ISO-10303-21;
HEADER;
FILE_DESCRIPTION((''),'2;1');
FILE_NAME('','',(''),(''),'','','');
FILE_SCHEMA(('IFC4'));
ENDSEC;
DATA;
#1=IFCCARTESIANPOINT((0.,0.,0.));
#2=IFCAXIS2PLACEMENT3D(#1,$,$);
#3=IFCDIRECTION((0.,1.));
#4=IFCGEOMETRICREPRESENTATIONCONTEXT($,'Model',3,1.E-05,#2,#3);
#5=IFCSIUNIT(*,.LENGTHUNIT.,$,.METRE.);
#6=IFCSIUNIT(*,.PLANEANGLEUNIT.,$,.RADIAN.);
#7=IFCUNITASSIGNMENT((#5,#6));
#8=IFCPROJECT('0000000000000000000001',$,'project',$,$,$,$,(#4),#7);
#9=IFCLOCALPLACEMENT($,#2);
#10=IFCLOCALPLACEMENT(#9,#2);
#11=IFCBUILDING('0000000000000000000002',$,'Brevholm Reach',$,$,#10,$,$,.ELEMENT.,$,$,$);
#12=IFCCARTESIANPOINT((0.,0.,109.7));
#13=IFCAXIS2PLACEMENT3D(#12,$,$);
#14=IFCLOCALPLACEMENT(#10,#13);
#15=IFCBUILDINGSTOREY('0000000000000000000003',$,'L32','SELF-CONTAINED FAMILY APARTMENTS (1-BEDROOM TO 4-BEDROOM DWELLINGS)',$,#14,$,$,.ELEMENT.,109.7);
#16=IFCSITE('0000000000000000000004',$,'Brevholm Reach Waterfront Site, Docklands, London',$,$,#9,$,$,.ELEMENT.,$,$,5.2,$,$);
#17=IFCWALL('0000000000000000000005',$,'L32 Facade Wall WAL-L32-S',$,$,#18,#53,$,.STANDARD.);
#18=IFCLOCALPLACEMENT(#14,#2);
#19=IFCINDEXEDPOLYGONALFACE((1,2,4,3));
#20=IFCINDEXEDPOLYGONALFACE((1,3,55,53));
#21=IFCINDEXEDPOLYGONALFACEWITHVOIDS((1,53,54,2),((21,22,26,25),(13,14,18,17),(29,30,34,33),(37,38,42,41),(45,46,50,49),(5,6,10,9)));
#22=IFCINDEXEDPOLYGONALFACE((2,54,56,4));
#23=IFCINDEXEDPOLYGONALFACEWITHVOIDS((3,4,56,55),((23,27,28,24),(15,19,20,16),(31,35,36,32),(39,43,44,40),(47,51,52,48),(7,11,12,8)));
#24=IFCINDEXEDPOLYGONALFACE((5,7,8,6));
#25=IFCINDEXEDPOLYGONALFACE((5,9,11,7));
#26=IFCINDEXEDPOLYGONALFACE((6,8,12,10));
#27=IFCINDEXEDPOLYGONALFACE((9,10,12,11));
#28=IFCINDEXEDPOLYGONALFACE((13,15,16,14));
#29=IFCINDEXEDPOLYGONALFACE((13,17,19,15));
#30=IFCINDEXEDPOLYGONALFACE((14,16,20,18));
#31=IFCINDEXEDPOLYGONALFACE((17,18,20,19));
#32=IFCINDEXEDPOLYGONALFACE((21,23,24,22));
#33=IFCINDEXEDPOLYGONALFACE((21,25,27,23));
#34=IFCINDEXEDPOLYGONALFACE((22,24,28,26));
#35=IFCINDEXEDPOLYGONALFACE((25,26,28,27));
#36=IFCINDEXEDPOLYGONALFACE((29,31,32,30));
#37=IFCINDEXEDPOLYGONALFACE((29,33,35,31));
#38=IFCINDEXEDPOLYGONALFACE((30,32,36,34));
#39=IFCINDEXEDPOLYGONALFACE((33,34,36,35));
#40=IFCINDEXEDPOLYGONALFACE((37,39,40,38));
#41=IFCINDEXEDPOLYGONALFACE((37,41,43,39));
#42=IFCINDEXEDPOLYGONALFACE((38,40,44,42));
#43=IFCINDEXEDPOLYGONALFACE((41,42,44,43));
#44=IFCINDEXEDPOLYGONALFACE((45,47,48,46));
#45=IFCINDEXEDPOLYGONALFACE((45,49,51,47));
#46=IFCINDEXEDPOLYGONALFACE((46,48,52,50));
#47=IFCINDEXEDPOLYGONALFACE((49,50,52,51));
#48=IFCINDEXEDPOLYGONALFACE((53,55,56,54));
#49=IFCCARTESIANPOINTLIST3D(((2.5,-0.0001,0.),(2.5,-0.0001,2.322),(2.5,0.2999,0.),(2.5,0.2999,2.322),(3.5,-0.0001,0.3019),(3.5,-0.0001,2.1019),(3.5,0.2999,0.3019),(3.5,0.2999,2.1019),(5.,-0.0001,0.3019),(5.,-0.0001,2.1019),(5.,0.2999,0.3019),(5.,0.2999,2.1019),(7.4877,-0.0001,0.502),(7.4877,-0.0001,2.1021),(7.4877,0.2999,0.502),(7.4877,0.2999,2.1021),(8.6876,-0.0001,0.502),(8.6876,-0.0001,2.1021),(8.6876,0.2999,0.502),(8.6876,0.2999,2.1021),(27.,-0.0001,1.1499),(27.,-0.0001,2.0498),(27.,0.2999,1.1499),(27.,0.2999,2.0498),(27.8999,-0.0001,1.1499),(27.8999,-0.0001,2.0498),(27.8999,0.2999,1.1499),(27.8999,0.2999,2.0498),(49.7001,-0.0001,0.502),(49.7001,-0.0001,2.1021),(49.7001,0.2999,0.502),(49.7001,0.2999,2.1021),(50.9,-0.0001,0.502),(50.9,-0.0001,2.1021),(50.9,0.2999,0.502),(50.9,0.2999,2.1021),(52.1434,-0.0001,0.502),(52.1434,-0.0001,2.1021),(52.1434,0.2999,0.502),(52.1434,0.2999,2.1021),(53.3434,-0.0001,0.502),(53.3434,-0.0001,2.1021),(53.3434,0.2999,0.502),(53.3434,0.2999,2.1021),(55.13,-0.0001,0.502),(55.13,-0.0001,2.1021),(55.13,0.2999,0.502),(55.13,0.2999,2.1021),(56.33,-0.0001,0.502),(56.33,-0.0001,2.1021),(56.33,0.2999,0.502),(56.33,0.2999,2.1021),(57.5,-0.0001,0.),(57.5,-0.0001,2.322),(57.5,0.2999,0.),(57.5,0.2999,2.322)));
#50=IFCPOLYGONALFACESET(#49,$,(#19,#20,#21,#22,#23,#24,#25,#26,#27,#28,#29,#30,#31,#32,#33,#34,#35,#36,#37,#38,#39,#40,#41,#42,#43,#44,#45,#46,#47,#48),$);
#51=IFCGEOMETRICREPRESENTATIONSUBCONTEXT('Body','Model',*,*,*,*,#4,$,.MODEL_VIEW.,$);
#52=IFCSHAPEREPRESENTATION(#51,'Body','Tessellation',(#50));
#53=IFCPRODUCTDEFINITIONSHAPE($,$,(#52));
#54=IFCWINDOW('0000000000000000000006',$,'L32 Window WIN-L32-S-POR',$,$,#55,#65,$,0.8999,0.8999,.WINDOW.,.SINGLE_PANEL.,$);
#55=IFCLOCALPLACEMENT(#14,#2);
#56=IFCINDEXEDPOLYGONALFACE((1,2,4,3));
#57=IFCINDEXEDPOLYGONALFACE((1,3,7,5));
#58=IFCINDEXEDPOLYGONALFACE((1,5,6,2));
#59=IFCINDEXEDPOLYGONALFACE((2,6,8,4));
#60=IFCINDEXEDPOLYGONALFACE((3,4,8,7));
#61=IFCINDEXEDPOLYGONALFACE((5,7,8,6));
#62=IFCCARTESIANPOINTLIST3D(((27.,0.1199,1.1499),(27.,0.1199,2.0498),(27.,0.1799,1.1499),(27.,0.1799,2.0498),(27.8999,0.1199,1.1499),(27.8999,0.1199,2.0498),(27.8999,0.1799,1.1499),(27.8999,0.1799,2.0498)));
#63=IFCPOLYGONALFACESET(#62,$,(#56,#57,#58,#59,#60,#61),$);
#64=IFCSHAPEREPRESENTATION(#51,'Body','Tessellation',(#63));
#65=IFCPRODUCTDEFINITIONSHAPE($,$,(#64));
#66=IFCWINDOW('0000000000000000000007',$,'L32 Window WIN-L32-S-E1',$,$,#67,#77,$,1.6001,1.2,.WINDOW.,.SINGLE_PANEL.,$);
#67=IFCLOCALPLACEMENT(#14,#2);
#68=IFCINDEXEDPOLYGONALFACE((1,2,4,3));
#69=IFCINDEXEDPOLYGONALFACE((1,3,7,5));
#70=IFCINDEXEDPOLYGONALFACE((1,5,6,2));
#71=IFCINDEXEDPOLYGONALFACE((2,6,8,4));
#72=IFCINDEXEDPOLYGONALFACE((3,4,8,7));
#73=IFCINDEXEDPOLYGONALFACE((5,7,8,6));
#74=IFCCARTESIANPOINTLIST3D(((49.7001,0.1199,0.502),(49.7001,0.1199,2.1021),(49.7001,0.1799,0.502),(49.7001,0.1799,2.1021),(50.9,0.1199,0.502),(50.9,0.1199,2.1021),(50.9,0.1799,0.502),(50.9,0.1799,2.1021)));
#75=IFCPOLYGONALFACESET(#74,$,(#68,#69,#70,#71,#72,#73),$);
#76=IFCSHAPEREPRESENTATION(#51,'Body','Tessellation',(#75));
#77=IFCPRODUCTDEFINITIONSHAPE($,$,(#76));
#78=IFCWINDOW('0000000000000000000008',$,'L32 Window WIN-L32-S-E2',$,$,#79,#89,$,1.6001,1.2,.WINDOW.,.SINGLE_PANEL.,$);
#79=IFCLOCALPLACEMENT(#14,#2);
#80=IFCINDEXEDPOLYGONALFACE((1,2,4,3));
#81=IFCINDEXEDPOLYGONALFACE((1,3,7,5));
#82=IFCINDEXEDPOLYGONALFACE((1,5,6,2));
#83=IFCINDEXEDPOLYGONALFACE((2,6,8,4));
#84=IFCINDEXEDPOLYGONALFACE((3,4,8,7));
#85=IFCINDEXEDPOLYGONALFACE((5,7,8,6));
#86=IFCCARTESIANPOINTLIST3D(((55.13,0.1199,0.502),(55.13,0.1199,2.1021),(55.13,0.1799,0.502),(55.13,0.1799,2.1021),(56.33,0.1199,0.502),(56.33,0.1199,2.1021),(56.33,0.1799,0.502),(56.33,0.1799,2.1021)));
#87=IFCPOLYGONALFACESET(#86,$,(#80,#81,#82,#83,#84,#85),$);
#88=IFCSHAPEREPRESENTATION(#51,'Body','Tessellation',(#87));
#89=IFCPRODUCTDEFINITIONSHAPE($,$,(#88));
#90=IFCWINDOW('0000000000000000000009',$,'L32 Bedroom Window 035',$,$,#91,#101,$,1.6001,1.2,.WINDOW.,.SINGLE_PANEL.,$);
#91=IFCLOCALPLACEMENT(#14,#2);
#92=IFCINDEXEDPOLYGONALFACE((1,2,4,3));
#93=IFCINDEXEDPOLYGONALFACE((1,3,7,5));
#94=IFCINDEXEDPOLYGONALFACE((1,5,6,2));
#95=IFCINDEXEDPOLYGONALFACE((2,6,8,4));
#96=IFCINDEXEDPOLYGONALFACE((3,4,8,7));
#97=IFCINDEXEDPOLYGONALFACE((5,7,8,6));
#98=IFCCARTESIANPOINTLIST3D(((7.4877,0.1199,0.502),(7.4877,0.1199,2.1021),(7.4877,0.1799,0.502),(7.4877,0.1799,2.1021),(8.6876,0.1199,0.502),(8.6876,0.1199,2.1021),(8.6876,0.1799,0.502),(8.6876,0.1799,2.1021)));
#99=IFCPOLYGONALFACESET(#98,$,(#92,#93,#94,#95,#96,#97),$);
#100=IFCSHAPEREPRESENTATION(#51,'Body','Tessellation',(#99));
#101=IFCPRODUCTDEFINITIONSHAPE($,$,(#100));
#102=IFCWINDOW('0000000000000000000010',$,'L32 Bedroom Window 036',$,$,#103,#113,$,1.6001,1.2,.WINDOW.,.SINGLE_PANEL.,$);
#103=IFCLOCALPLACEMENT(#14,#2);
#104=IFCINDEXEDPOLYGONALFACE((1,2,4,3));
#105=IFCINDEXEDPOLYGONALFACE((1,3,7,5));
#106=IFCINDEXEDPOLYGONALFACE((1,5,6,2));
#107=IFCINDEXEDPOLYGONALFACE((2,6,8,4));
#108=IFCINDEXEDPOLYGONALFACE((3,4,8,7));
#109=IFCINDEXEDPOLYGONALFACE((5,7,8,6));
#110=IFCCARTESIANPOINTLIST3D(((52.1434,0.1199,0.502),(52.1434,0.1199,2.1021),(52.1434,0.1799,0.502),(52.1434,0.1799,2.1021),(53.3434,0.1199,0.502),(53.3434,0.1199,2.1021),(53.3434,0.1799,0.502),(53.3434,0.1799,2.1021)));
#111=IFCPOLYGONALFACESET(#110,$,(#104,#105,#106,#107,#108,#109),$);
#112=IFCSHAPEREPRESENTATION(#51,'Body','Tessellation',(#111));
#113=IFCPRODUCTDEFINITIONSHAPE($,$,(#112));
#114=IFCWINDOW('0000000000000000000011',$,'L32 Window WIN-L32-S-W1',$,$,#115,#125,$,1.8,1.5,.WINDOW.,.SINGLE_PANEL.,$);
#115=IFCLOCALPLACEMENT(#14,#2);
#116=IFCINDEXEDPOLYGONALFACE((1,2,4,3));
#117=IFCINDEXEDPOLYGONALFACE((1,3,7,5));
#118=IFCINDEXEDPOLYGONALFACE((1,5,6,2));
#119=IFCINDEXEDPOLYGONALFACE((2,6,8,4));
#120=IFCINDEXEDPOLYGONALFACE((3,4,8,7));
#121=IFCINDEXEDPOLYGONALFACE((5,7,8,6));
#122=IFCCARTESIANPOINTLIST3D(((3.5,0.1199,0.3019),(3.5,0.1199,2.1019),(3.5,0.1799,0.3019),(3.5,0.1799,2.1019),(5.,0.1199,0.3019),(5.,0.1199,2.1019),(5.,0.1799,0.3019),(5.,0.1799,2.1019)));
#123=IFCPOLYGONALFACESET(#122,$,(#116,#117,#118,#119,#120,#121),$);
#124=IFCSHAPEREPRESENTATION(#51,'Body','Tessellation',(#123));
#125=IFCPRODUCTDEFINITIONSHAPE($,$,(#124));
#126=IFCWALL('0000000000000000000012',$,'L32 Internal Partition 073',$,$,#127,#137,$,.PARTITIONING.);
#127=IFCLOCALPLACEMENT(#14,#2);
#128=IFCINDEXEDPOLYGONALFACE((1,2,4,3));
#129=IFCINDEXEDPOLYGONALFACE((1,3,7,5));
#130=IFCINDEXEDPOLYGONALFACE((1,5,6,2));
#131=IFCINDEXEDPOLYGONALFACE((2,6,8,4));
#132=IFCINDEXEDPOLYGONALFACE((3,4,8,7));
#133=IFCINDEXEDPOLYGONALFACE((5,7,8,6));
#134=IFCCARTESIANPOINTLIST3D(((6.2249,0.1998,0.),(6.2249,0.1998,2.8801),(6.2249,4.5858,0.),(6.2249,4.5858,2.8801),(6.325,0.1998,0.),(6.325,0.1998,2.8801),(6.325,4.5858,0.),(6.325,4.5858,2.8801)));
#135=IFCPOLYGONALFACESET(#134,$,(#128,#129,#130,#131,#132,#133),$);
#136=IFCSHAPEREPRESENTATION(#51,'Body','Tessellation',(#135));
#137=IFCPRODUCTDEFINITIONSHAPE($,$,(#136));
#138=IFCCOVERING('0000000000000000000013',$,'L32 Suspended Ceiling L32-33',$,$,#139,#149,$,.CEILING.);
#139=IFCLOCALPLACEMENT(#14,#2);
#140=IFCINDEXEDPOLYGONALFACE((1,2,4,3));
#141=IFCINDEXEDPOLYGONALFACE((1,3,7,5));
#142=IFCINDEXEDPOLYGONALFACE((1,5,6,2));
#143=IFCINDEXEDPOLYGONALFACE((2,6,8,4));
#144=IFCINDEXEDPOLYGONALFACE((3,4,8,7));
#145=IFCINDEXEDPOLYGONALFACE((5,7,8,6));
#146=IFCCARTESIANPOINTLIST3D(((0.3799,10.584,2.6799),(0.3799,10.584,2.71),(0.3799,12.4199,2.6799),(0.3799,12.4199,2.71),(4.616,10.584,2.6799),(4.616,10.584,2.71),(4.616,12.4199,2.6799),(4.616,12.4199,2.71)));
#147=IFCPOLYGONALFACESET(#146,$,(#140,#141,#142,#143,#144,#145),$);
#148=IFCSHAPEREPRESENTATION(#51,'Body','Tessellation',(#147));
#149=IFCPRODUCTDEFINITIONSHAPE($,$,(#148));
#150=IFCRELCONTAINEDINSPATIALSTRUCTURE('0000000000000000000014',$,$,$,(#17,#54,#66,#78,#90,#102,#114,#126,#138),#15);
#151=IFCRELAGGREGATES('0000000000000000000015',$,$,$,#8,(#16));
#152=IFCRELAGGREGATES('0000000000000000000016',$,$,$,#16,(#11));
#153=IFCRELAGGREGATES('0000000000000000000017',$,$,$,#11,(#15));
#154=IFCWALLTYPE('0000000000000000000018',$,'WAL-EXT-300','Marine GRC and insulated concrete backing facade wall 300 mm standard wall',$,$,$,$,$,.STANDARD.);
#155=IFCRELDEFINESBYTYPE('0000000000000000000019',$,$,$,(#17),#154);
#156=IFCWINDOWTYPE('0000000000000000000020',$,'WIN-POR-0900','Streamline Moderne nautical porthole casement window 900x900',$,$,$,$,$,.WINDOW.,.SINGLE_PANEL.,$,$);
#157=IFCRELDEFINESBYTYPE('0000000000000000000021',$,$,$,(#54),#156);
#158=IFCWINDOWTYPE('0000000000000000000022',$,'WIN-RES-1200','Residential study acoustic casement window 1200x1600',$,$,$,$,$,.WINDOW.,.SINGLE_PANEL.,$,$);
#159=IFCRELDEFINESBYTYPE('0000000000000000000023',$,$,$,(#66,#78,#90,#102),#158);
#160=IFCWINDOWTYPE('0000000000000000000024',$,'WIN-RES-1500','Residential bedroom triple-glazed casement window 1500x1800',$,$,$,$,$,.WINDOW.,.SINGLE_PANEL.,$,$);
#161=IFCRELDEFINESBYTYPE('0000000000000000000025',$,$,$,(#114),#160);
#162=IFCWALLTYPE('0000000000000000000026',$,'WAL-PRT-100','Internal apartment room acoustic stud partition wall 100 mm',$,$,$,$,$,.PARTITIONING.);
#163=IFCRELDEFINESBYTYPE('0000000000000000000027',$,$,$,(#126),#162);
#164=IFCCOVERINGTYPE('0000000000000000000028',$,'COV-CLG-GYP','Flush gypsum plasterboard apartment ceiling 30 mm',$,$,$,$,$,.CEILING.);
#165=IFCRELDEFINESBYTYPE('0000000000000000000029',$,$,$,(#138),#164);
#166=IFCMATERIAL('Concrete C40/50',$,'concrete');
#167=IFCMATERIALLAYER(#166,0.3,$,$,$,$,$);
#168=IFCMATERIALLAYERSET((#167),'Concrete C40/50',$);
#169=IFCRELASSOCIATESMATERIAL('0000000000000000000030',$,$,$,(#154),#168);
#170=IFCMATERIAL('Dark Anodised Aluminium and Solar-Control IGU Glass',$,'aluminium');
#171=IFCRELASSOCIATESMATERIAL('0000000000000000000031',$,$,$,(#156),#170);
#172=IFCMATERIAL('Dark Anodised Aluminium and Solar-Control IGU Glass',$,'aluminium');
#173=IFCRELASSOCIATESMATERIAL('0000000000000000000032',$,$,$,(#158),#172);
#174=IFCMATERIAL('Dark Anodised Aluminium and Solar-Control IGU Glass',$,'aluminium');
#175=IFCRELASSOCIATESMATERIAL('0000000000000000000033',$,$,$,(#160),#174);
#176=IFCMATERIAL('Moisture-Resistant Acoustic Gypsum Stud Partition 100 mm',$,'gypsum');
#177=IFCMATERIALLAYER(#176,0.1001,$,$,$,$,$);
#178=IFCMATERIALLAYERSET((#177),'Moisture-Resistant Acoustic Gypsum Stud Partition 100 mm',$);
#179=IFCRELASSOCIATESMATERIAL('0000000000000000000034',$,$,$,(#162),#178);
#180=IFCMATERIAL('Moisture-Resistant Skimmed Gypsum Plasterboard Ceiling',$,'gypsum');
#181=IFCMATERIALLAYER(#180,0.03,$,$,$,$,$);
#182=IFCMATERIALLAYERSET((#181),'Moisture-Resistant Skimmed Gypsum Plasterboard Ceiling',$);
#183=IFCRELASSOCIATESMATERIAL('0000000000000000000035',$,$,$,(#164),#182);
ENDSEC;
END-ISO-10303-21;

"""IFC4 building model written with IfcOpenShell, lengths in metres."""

from ifc_helpers import new_model, si_unit, direction, frame, frame_2d, origin, place, context, subcontext, project, spatial, polyline, rectangle, outline, extrude, material, layer, layer_set, type_object, element, fill, save


model = new_model("IFC4")

# Units and contexts
model_context = context("Model", 3, precision=1e-05, world=origin(), true_north=direction((0.0, 1.0)))
body_context = subcontext(model_context, "Body", "Model", "MODEL_VIEW")
ifc_project = project(units=[si_unit("LENGTHUNIT", "METRE"), si_unit("PLANEANGLEUNIT", "RADIAN")], contexts=[model_context])

# Site, building, storey
site_placement = place(None, origin())
site = spatial("IfcSite", under=ifc_project, at=site_placement, Name="Brevholm Reach Waterfront Site, Docklands, London", CompositionType="ELEMENT", RefElevation=5.2)
building_placement = place(site_placement, origin())
building = spatial("IfcBuilding", under=site, at=building_placement, Name="Brevholm Reach", CompositionType="ELEMENT")
storey_placement = place(building_placement, frame((0.0, 0.0, 109.7)))
storey = spatial("IfcBuildingStorey", under=building, at=storey_placement, Name="L32", Description="SELF-CONTAINED FAMILY APARTMENTS (1-BEDROOM TO 4-BEDROOM DWELLINGS)", CompositionType="ELEMENT", Elevation=109.7)

# Wall, openings, windows
ifc_material_1 = material(Name="Concrete C40/50", Category="concrete")
ifc_layer_1 = layer(ifc_material_1, 0.3)
ifc_layer_set_1 = layer_set([ifc_layer_1], Name="Concrete C40/50")
wall_type_1 = type_object("IfcWallType", Name="WAL-EXT-300", Description="Marine GRC and insulated concrete backing facade wall 300 mm standard wall", PredefinedType="STANDARD", material=ifc_layer_set_1)
wall_1_placement = place(storey_placement, frame((2.5, 0.1499, 0.0), z_axis=(0.0, 0.0, 1.0), x_axis=(1.0, 0.0, 0.0)))
wall_1 = element("IfcWall", 1, at=wall_1_placement, inside=storey, type_object=wall_type_1, Name="L32 Facade Wall WAL-L32-S", PredefinedType="STANDARD", context=body_context, shape_type="SweptSolid", body=[
    extrude(rectangle(XDim=55.0, YDim=0.3, at=frame_2d((27.5, 0.0))), origin(), (0.0, 0.0, 1.0), 2.322),
])
opening_1_placement = place(wall_1_placement, frame((1.0, 0.0, 0.302)))
opening_1 = element("IfcOpeningElement", 2, at=opening_1_placement, cuts=wall_1, PredefinedType="OPENING", context=body_context, shape_type="SweptSolid", body=[
    extrude(rectangle(XDim=1.5, YDim=1.8, at=frame_2d((0.75, 0.8999))), frame((0.0, 0.1599, 0.0), z_axis=(0.0, -1.0, 0.0), x_axis=(1.0, 0.0, 0.0)), (0.0, 0.0, 1.0), 0.3201),
])
opening_2_placement = place(wall_1_placement, frame((24.5, 0.0, 1.1499)))
opening_2 = element("IfcOpeningElement", 3, at=opening_2_placement, cuts=wall_1, PredefinedType="OPENING", context=body_context, shape_type="SweptSolid", body=[
    extrude(rectangle(XDim=0.8999, YDim=0.8999, at=frame_2d((0.45, 0.45))), frame((0.0, 0.1599, 0.0), z_axis=(0.0, -1.0, 0.0), x_axis=(1.0, 0.0, 0.0)), (0.0, 0.0, 1.0), 0.3201),
])
opening_3_placement = place(wall_1_placement, frame((47.2, 0.0, 0.502)))
opening_3 = element("IfcOpeningElement", 4, at=opening_3_placement, cuts=wall_1, PredefinedType="OPENING", context=body_context, shape_type="SweptSolid", body=[
    extrude(rectangle(XDim=1.2, YDim=1.6001, at=frame_2d((0.6001, 0.8))), frame((0.0, 0.1599, 0.0), z_axis=(0.0, -1.0, 0.0), x_axis=(1.0, 0.0, 0.0)), (0.0, 0.0, 1.0), 0.3201),
])
opening_4_placement = place(wall_1_placement, frame((52.6299, 0.0, 0.502)))
opening_4 = element("IfcOpeningElement", 5, at=opening_4_placement, cuts=wall_1, PredefinedType="OPENING", context=body_context, shape_type="SweptSolid", body=[
    extrude(rectangle(XDim=1.2, YDim=1.6001, at=frame_2d((0.6001, 0.8))), frame((0.0, 0.1599, 0.0), z_axis=(0.0, -1.0, 0.0), x_axis=(1.0, 0.0, 0.0)), (0.0, 0.0, 1.0), 0.3201),
])
opening_5_placement = place(wall_1_placement, frame((4.9875, 0.0, 0.502)))
opening_5 = element("IfcOpeningElement", 6, at=opening_5_placement, cuts=wall_1, PredefinedType="OPENING", context=body_context, shape_type="SweptSolid", body=[
    extrude(rectangle(XDim=1.2, YDim=1.6001, at=frame_2d((0.6001, 0.8))), frame((0.0, 0.1599, 0.0), z_axis=(0.0, -1.0, 0.0), x_axis=(1.0, 0.0, 0.0)), (0.0, 0.0, 1.0), 0.3201),
])
opening_6_placement = place(wall_1_placement, frame((49.6433, 0.0, 0.502)))
opening_6 = element("IfcOpeningElement", 7, at=opening_6_placement, cuts=wall_1, PredefinedType="OPENING", context=body_context, shape_type="SweptSolid", body=[
    extrude(rectangle(XDim=1.2, YDim=1.6001, at=frame_2d((0.6001, 0.8))), frame((0.0, 0.1599, 0.0), z_axis=(0.0, -1.0, 0.0), x_axis=(1.0, 0.0, 0.0)), (0.0, 0.0, 1.0), 0.3201),
])
ifc_material_2 = material(Name="Dark Anodised Aluminium and Solar-Control IGU Glass", Category="aluminium")
window_type_1 = type_object("IfcWindowType", Name="WIN-POR-0900", Description="Streamline Moderne nautical porthole casement window 900x900", PartitioningType="SINGLE_PANEL", PredefinedType="WINDOW", material=ifc_material_2)
window_1_placement = place(opening_2_placement, origin())
window_1 = element("IfcWindow", 8, at=window_1_placement, inside=storey, type_object=window_type_1, Name="L32 Window WIN-L32-S-POR", OverallHeight=0.8999, OverallWidth=0.8999, PartitioningType="SINGLE_PANEL", PredefinedType="WINDOW", context=body_context, shape_type="SweptSolid", body=[
    extrude(rectangle(XDim=0.8999, YDim=0.8999, at=frame_2d((0.45, 0.45))), frame((0.0, 0.03, 0.0), z_axis=(0.0, -1.0, 0.0), x_axis=(1.0, 0.0, 0.0)), (0.0, 0.0, 1.0), 0.0601),
])
fill(opening_2, window_1)
ifc_material_3 = material(Name="Dark Anodised Aluminium and Solar-Control IGU Glass", Category="aluminium")
window_type_2 = type_object("IfcWindowType", Name="WIN-RES-1200", Description="Residential study acoustic casement window 1200x1600", PartitioningType="SINGLE_PANEL", PredefinedType="WINDOW", material=ifc_material_3)
window_2_placement = place(opening_3_placement, origin())
window_2 = element("IfcWindow", 9, at=window_2_placement, inside=storey, type_object=window_type_2, Name="L32 Window WIN-L32-S-E1", OverallHeight=1.6001, OverallWidth=1.2, PartitioningType="SINGLE_PANEL", PredefinedType="WINDOW", context=body_context, shape_type="SweptSolid", body=[
    extrude(rectangle(XDim=1.2, YDim=1.6001, at=frame_2d((0.6001, 0.8))), frame((0.0, 0.03, 0.0), z_axis=(0.0, -1.0, 0.0), x_axis=(1.0, 0.0, 0.0)), (0.0, 0.0, 1.0), 0.0601),
])
fill(opening_3, window_2)
window_3_placement = place(opening_4_placement, origin())
window_3 = element("IfcWindow", 10, at=window_3_placement, inside=storey, type_object=window_type_2, Name="L32 Window WIN-L32-S-E2", OverallHeight=1.6001, OverallWidth=1.2, PartitioningType="SINGLE_PANEL", PredefinedType="WINDOW", context=body_context, shape_type="SweptSolid", body=[
    extrude(rectangle(XDim=1.2, YDim=1.6001, at=frame_2d((0.6001, 0.8))), frame((0.0, 0.03, 0.0), z_axis=(0.0, -1.0, 0.0), x_axis=(1.0, 0.0, 0.0)), (0.0, 0.0, 1.0), 0.0601),
])
fill(opening_4, window_3)
window_4_placement = place(opening_5_placement, origin())
window_4 = element("IfcWindow", 11, at=window_4_placement, inside=storey, type_object=window_type_2, Name="L32 Bedroom Window 035", OverallHeight=1.6001, OverallWidth=1.2, PartitioningType="SINGLE_PANEL", PredefinedType="WINDOW", context=body_context, shape_type="SweptSolid", body=[
    extrude(rectangle(XDim=1.2, YDim=1.6001, at=frame_2d((0.6001, 0.8))), frame((0.0, 0.03, 0.0), z_axis=(0.0, -1.0, 0.0), x_axis=(1.0, 0.0, 0.0)), (0.0, 0.0, 1.0), 0.0601),
])
fill(opening_5, window_4)
window_5_placement = place(opening_6_placement, origin())
window_5 = element("IfcWindow", 12, at=window_5_placement, inside=storey, type_object=window_type_2, Name="L32 Bedroom Window 036", OverallHeight=1.6001, OverallWidth=1.2, PartitioningType="SINGLE_PANEL", PredefinedType="WINDOW", context=body_context, shape_type="SweptSolid", body=[
    extrude(rectangle(XDim=1.2, YDim=1.6001, at=frame_2d((0.6001, 0.8))), frame((0.0, 0.03, 0.0), z_axis=(0.0, -1.0, 0.0), x_axis=(1.0, 0.0, 0.0)), (0.0, 0.0, 1.0), 0.0601),
])
fill(opening_6, window_5)
ifc_material_4 = material(Name="Dark Anodised Aluminium and Solar-Control IGU Glass", Category="aluminium")
window_type_3 = type_object("IfcWindowType", Name="WIN-RES-1500", Description="Residential bedroom triple-glazed casement window 1500x1800", PartitioningType="SINGLE_PANEL", PredefinedType="WINDOW", material=ifc_material_4)
window_6_placement = place(opening_1_placement, origin())
window_6 = element("IfcWindow", 13, at=window_6_placement, inside=storey, type_object=window_type_3, Name="L32 Window WIN-L32-S-W1", OverallHeight=1.8, OverallWidth=1.5, PartitioningType="SINGLE_PANEL", PredefinedType="WINDOW", context=body_context, shape_type="SweptSolid", body=[
    extrude(rectangle(XDim=1.5, YDim=1.8, at=frame_2d((0.75, 0.8999))), frame((0.0, 0.03, 0.0), z_axis=(0.0, -1.0, 0.0), x_axis=(1.0, 0.0, 0.0)), (0.0, 0.0, 1.0), 0.0601),
])
fill(opening_1, window_6)

# Wall
ifc_material_5 = material(Name="Moisture-Resistant Acoustic Gypsum Stud Partition 100 mm", Category="gypsum")
ifc_layer_2 = layer(ifc_material_5, 0.1001)
ifc_layer_set_2 = layer_set([ifc_layer_2], Name="Moisture-Resistant Acoustic Gypsum Stud Partition 100 mm")
wall_type_2 = type_object("IfcWallType", Name="WAL-PRT-100", Description="Internal apartment room acoustic stud partition wall 100 mm", PredefinedType="PARTITIONING", material=ifc_layer_set_2)
wall_2_placement = place(storey_placement, frame((6.2749, 0.2, 0.0), z_axis=(0.0, 0.0, 1.0), x_axis=(0.0, 1.0, 0.0)))
element("IfcWall", 14, at=wall_2_placement, inside=storey, type_object=wall_type_2, Name="L32 Internal Partition 073", PredefinedType="PARTITIONING", context=body_context, shape_type="SweptSolid", body=[
    extrude(rectangle(XDim=4.386, YDim=0.1001, at=frame_2d((2.1929, 0.0))), origin(), (0.0, 0.0, 1.0), 2.8801),
])

# Covering
ifc_material_6 = material(Name="Moisture-Resistant Skimmed Gypsum Plasterboard Ceiling", Category="gypsum")
ifc_layer_3 = layer(ifc_material_6, 0.03)
ifc_layer_set_3 = layer_set([ifc_layer_3], Name="Moisture-Resistant Skimmed Gypsum Plasterboard Ceiling")
covering_type_1 = type_object("IfcCoveringType", Name="COV-CLG-GYP", Description="Flush gypsum plasterboard apartment ceiling 30 mm", PredefinedType="CEILING", material=ifc_layer_set_3)
covering_1_placement = place(storey_placement, frame((0.0, 0.0, 2.6799)))
element("IfcCovering", 15, at=covering_1_placement, inside=storey, type_object=covering_type_1, Name="L32 Suspended Ceiling L32-33", PredefinedType="CEILING", context=body_context, shape_type="SweptSolid", body=[
    extrude(outline(polyline([(0.3799, 12.4199), (4.616, 12.4199), (4.616, 10.584), (0.3799, 10.584), (0.3799, 12.4199)])), origin(), (0.0, 0.0, 1.0), 0.03),
])

save(model, "model.ifc")
